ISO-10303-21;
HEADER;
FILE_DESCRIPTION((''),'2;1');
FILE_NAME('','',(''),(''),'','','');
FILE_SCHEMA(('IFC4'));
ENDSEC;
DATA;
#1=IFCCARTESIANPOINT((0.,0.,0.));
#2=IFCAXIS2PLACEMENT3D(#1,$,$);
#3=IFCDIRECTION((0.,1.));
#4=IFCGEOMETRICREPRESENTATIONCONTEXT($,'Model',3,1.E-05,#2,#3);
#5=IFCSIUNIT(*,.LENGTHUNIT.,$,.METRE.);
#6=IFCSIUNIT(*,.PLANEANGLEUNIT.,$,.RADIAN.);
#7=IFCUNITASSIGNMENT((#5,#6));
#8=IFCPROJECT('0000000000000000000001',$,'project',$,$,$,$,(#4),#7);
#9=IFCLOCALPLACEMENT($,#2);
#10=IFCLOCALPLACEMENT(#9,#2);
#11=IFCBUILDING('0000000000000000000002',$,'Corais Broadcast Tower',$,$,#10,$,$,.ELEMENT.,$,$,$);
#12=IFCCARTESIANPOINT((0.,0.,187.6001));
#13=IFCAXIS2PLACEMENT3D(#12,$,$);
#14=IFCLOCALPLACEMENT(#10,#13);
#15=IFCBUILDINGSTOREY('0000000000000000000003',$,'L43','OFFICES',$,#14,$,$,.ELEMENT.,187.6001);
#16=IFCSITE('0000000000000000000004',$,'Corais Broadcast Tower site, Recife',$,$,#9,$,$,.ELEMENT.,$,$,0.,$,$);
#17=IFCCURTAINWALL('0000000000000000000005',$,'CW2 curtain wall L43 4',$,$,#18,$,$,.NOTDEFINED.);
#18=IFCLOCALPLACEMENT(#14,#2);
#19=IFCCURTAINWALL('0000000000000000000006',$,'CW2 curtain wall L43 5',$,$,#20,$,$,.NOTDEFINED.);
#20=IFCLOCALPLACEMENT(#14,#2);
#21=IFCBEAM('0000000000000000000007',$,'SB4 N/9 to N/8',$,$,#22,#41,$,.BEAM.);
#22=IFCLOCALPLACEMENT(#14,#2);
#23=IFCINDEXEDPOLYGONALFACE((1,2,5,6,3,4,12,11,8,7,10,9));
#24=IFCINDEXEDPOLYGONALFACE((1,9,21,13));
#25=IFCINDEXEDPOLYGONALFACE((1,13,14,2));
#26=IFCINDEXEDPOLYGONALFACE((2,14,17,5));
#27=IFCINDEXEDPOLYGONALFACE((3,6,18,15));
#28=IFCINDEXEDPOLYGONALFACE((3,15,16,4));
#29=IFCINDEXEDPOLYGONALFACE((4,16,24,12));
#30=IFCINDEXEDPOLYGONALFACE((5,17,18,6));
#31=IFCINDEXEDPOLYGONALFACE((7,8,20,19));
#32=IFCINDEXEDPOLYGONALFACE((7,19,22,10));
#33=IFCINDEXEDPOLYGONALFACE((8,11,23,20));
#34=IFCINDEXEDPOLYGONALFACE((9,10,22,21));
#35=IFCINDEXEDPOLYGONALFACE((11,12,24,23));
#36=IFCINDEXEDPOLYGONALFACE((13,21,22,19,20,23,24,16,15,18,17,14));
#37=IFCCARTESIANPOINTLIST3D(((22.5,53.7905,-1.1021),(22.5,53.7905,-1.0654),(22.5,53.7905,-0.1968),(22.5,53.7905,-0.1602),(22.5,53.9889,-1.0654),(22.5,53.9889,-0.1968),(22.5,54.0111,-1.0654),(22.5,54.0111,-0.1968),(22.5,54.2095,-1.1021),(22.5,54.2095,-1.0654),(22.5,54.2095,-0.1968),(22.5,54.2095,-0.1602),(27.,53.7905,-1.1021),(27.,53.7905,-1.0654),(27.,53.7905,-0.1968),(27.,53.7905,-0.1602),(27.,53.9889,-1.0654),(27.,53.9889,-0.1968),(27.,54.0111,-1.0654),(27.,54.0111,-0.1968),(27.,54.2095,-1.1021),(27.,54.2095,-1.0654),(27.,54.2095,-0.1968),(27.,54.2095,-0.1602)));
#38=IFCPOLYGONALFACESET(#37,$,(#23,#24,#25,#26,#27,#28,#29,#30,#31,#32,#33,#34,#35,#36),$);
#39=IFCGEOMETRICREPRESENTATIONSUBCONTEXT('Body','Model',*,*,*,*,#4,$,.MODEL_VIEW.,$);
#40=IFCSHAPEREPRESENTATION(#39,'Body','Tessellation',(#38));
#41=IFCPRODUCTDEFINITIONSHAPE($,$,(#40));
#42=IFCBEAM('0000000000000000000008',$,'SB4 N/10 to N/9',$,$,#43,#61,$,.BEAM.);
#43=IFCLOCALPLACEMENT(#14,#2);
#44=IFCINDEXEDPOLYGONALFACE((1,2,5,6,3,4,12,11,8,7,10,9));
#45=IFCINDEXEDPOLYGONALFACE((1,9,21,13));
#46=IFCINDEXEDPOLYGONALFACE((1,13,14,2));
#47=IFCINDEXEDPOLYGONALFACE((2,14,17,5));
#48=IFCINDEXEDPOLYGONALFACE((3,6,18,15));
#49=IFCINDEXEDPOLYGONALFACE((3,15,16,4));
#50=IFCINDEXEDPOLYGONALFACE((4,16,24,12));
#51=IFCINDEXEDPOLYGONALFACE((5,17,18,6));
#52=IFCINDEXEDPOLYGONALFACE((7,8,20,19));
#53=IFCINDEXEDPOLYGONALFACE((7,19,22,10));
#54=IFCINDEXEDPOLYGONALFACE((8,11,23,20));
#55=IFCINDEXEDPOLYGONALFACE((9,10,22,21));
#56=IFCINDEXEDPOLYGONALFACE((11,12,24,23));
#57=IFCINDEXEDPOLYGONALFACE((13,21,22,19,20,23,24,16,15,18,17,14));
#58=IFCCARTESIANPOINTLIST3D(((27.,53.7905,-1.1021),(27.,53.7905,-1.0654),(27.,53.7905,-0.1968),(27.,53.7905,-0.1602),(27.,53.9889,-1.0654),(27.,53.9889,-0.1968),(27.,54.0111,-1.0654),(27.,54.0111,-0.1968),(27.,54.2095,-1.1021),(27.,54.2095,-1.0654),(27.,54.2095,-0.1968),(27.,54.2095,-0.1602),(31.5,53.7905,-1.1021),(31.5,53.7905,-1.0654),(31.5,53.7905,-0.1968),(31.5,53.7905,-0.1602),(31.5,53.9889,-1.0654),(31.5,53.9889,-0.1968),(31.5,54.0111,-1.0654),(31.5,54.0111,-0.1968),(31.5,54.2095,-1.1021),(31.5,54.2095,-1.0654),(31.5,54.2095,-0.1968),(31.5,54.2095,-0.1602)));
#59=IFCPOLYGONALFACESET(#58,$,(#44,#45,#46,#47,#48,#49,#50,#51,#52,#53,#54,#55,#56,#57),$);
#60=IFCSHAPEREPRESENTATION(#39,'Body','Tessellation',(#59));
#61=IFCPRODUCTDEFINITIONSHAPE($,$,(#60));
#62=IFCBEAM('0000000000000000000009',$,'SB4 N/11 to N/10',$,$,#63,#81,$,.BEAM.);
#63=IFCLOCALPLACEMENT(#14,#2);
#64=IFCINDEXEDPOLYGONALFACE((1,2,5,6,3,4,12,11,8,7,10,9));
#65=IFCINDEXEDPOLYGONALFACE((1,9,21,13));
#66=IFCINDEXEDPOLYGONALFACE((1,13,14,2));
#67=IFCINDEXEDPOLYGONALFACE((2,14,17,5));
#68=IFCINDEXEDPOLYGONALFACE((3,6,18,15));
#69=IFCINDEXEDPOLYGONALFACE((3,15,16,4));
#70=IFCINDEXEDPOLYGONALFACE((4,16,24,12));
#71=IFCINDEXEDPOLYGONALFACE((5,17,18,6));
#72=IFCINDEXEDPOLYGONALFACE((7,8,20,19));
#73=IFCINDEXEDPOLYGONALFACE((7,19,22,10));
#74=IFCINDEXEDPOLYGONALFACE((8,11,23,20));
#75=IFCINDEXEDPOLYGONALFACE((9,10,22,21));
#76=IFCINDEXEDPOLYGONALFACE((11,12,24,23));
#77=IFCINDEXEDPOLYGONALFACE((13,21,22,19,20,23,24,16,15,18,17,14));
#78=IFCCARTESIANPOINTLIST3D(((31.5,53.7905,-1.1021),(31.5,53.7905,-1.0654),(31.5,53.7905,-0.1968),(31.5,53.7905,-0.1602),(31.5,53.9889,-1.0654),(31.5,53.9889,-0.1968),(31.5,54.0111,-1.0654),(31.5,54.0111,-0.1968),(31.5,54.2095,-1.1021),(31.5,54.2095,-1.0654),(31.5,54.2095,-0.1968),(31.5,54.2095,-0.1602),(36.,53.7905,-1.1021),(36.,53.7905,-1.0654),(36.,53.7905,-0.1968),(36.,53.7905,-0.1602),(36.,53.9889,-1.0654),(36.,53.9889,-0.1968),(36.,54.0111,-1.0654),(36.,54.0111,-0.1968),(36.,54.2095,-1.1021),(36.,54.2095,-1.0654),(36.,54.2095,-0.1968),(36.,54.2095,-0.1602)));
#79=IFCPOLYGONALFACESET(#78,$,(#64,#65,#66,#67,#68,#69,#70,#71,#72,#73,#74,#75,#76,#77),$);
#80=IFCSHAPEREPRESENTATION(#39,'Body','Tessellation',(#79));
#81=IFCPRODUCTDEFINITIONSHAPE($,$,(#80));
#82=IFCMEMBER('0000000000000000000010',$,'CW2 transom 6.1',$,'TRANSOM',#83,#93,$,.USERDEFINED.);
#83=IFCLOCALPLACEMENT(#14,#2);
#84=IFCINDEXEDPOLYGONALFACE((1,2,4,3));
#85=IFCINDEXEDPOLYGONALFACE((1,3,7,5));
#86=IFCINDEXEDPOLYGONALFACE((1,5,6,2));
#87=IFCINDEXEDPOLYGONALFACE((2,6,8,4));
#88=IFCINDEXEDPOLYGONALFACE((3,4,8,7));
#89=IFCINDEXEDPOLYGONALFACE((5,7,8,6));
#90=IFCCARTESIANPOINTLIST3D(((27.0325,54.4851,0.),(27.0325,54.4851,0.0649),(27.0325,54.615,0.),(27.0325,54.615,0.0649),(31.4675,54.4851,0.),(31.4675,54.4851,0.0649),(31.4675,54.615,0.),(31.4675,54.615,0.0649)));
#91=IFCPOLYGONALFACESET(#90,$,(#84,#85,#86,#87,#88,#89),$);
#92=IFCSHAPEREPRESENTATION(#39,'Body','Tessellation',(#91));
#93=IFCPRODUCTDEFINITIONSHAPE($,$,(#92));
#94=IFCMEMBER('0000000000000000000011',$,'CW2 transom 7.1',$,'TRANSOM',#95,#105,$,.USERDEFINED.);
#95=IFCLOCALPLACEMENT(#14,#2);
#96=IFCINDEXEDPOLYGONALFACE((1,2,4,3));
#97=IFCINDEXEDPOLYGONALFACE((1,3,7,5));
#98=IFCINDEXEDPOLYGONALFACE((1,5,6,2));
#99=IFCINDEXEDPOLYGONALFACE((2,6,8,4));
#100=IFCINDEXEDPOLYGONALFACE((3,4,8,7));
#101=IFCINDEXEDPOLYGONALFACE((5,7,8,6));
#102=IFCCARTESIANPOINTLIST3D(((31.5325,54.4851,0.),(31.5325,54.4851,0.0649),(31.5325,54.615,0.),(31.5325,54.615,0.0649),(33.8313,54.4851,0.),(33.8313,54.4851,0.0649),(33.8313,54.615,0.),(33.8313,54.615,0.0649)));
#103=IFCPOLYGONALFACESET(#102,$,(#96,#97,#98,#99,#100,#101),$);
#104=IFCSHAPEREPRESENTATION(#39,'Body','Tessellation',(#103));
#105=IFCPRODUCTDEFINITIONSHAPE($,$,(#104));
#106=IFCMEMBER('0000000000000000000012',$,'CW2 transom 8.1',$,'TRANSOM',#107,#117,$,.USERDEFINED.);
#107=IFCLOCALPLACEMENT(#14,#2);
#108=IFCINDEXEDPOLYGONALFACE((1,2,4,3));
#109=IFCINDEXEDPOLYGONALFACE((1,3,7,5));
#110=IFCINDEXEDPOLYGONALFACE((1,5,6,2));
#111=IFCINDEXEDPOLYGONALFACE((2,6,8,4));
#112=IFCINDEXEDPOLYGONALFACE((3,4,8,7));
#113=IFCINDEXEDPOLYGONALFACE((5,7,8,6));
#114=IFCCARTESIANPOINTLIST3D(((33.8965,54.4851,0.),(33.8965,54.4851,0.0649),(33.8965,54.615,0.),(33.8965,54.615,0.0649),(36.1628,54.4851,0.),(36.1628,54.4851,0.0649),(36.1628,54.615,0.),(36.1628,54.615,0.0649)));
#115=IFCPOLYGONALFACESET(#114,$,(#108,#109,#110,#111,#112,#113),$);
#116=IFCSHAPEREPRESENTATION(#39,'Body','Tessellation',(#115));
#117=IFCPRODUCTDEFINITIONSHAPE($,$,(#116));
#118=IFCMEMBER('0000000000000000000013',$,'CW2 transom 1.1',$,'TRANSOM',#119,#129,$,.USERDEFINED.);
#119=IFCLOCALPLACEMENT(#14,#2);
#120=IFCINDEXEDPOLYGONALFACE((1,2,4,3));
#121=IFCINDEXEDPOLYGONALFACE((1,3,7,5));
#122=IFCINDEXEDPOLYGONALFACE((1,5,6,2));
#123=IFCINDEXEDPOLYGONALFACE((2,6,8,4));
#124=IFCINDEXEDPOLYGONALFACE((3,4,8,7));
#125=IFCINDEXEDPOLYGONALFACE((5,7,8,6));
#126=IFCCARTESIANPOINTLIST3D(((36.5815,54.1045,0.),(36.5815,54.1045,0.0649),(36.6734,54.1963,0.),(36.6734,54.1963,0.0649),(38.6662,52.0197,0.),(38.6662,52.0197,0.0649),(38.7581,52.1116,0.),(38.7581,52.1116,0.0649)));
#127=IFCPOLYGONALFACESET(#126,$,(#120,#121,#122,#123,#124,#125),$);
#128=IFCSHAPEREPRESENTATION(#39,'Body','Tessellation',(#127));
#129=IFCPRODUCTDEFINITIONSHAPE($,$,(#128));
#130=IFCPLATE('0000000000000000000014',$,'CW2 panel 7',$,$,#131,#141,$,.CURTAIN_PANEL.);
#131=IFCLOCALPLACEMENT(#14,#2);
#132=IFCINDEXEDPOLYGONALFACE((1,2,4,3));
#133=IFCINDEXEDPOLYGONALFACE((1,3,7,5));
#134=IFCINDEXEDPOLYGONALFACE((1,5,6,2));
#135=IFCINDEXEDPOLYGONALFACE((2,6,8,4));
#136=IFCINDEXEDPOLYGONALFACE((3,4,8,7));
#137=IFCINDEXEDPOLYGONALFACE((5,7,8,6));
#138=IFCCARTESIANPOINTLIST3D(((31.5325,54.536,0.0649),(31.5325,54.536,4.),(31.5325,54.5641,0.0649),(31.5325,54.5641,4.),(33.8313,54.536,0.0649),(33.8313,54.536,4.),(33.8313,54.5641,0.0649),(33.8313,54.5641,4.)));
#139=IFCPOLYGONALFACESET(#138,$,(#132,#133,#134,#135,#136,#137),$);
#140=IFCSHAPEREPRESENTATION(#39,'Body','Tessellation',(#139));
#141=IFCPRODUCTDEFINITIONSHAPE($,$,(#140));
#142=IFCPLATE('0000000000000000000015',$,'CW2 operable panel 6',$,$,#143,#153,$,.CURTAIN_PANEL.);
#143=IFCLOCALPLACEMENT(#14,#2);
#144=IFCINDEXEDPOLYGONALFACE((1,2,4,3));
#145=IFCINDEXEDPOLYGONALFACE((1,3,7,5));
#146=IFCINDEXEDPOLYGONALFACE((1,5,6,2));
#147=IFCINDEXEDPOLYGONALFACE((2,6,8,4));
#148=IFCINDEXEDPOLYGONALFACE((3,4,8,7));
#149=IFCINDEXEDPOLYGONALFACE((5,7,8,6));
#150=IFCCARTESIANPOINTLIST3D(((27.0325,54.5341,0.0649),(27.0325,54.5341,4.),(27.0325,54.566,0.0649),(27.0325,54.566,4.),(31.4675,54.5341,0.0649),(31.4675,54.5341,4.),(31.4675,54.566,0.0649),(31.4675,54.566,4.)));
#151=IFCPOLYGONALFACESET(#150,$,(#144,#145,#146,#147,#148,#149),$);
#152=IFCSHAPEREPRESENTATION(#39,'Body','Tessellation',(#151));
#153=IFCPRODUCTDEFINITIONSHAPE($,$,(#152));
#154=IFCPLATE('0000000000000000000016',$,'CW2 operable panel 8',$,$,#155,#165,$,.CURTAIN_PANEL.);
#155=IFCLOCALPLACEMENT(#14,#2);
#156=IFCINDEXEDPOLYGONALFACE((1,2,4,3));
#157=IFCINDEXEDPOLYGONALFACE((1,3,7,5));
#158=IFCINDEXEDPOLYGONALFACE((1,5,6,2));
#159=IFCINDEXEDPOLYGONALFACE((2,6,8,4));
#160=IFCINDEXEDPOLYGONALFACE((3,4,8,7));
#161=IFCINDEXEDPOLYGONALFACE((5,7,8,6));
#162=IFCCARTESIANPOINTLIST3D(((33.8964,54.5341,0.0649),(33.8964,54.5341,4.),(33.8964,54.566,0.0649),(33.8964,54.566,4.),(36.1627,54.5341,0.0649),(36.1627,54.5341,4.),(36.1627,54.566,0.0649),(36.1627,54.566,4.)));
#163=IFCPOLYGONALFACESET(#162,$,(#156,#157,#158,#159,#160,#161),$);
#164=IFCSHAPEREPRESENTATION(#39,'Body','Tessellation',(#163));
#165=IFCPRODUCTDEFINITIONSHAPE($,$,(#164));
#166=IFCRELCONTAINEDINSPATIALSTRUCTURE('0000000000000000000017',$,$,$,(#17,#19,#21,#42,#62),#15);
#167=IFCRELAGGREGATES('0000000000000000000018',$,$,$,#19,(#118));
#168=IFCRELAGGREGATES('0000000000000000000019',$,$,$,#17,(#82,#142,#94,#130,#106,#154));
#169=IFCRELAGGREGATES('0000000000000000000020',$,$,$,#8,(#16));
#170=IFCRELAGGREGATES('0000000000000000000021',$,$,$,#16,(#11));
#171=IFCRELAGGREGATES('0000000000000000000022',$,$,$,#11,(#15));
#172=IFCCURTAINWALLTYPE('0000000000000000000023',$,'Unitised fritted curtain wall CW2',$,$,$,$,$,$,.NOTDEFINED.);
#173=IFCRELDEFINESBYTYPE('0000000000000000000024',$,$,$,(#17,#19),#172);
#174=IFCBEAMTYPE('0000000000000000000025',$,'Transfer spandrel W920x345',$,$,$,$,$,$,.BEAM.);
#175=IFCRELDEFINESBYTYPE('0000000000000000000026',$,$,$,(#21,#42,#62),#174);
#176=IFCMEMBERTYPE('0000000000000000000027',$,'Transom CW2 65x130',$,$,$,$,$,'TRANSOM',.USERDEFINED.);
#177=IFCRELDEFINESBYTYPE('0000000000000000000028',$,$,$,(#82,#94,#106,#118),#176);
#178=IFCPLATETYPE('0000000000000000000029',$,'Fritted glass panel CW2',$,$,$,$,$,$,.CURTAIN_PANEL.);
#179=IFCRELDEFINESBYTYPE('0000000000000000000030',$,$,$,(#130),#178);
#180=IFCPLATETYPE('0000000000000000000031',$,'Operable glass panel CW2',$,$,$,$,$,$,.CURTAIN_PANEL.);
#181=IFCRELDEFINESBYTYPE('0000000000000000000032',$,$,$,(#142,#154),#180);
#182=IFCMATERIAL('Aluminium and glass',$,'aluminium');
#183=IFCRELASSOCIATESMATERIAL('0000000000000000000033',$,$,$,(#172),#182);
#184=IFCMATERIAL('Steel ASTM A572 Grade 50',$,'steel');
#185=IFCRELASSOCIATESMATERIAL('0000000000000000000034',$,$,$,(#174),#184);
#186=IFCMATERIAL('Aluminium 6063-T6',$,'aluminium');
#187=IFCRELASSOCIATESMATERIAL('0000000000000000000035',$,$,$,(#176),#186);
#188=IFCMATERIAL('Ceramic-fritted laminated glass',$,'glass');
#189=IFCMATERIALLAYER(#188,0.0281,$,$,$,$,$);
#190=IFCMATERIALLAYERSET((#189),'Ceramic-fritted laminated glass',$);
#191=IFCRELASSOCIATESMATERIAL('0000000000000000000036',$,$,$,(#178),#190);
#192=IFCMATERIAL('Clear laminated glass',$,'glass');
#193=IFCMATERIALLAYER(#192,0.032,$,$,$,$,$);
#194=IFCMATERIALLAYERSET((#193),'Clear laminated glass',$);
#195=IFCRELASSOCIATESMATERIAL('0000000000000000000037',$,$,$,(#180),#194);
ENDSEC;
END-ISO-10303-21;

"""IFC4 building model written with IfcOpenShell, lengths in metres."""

from ifc_helpers import new_model, si_unit, direction, frame, origin, origin_2d, place, context, subcontext, project, spatial, rectangle, i_section, extrude, material, layer, layer_set, material_profile, profile_set, type_object, element, aggregate, save


model = new_model("IFC4")

# Units and contexts
model_context = context("Model", 3, precision=1e-05, world=origin(), true_north=direction((0.0, 1.0)))
body_context = subcontext(model_context, "Body", "Model", "MODEL_VIEW")
ifc_project = project(units=[si_unit("LENGTHUNIT", "METRE"), si_unit("PLANEANGLEUNIT", "RADIAN")], contexts=[model_context])

# Site, building, storey
site_placement = place(None, origin())
site = spatial("IfcSite", under=ifc_project, at=site_placement, Name="Corais Broadcast Tower site, Recife", CompositionType="ELEMENT", RefElevation=0.0)
building_placement = place(site_placement, origin())
building = spatial("IfcBuilding", under=site, at=building_placement, Name="Corais Broadcast Tower", CompositionType="ELEMENT")
storey_placement = place(building_placement, frame((0.0, 0.0, 187.6001)))
storey = spatial("IfcBuildingStorey", under=building, at=storey_placement, Name="L43", Description="OFFICES", CompositionType="ELEMENT", Elevation=187.6001)

# Curtain wall
ifc_material_1 = material(Name="Aluminium and glass", Category="aluminium")
curtain_wall_type = type_object("IfcCurtainWallType", Name="Unitised fritted curtain wall CW2", PredefinedType="NOTDEFINED", material=ifc_material_1)
curtain_wall_1_placement = place(storey_placement, origin())
curtain_wall_1 = element("IfcCurtainWall", 1, at=curtain_wall_1_placement, inside=storey, type_object=curtain_wall_type, Name="CW2 curtain wall L43 4", PredefinedType="NOTDEFINED")

# Curtain wall
curtain_wall_2_placement = place(storey_placement, origin())
curtain_wall_2 = element("IfcCurtainWall", 2, at=curtain_wall_2_placement, inside=storey, type_object=curtain_wall_type, Name="CW2 curtain wall L43 5", PredefinedType="NOTDEFINED")

# Beams
ifc_material_2 = material(Name="Steel ASTM A572 Grade 50", Category="steel")
ifc_material_profile_1 = material_profile(ifc_material_2, i_section(OverallWidth=0.4189, OverallDepth=0.9419, WebThickness=0.0222, FlangeThickness=0.0366, at=origin_2d()), Name="W920x345")
ifc_profile_set_1 = profile_set([ifc_material_profile_1], Name="Steel ASTM A572 Grade 50")
beam_type_1 = type_object("IfcBeamType", Name="Transfer spandrel W920x345", PredefinedType="BEAM", material=ifc_profile_set_1)
for number, where, z_axis, x_axis, name in (
    (3, (27.0, 54.0, -0.6311), (-1.0, 0.0, 0.0), (0.0, -1.0, 0.0), "SB4 N/9 to N/8"),
    (4, (31.5, 54.0, -0.6311), (-1.0, 0.0, 0.0), (0.0, -1.0, 0.0), "SB4 N/10 to N/9"),
    (5, (36.0, 54.0, -0.6311), (-1.0, 0.0, 0.0), (0.0, -1.0, 0.0), "SB4 N/11 to N/10"),
):
    element("IfcBeam", number, at=place(storey_placement, frame(where, z_axis=z_axis, x_axis=x_axis)), inside=storey, type_object=beam_type_1, Name=name, PredefinedType="BEAM", context=body_context, shape_type="SweptSolid", body=[
        extrude(i_section(OverallWidth=0.4189, OverallDepth=0.9419, WebThickness=0.0222, FlangeThickness=0.0366, at=origin_2d()), origin(), (0.0, 0.0, 1.0), 4.5),
    ])

# Members
ifc_material_3 = material(Name="Aluminium 6063-T6", Category="aluminium")
ifc_material_profile_2 = material_profile(ifc_material_3, rectangle(XDim=0.1299, YDim=0.0649, at=origin_2d()), Name="Transom CW2 65x130")
ifc_profile_set_2 = profile_set([ifc_material_profile_2], Name="Aluminium 6063-T6")
member_type_1 = type_object("IfcMemberType", Name="Transom CW2 65x130", ElementType="TRANSOM", PredefinedType="USERDEFINED", material=ifc_profile_set_2)
member_1_placement = place(storey_placement, frame((27.0325, 54.55, 0.0325), z_axis=(1.0, 0.0, 0.0), x_axis=(0.0, 1.0, 0.0)))
member_1 = element("IfcMember", 6, at=member_1_placement, type_object=member_type_1, Name="CW2 transom 6.1", ObjectType="TRANSOM", PredefinedType="USERDEFINED", context=body_context, shape_type="SweptSolid", body=[
    extrude(rectangle(XDim=0.1299, YDim=0.0649, at=origin_2d()), origin(), (0.0, 0.0, 1.0), 4.4351),
])
member_2_placement = place(storey_placement, frame((31.5325, 54.55, 0.0325), z_axis=(1.0, 0.0, 0.0), x_axis=(0.0, 1.0, 0.0)))
member_2 = element("IfcMember", 7, at=member_2_placement, type_object=member_type_1, Name="CW2 transom 7.1", ObjectType="TRANSOM", PredefinedType="USERDEFINED", context=body_context, shape_type="SweptSolid", body=[
    extrude(rectangle(XDim=0.1299, YDim=0.0649, at=origin_2d()), origin(), (0.0, 0.0, 1.0), 2.2988),
])
member_3_placement = place(storey_placement, frame((33.8965, 54.55, 0.0325), z_axis=(1.0, 0.0, 0.0), x_axis=(0.0, 1.0, 0.0)))
member_3 = element("IfcMember", 8, at=member_3_placement, type_object=member_type_1, Name="CW2 transom 8.1", ObjectType="TRANSOM", PredefinedType="USERDEFINED", context=body_context, shape_type="SweptSolid", body=[
    extrude(rectangle(XDim=0.1299, YDim=0.0649, at=origin_2d()), origin(), (0.0, 0.0, 1.0), 2.2664),
])
member_4_placement = place(storey_placement, frame((36.6274, 54.1504, 0.0325), z_axis=(0.707107, -0.707107, 0.0), x_axis=(0.707107, 0.707107, 0.0)))
member_4 = element("IfcMember", 9, at=member_4_placement, type_object=member_type_1, Name="CW2 transom 1.1", ObjectType="TRANSOM", PredefinedType="USERDEFINED", context=body_context, shape_type="SweptSolid", body=[
    extrude(rectangle(XDim=0.1299, YDim=0.0649, at=origin_2d()), origin(), (0.0, 0.0, 1.0), 2.9482),
])
aggregate(curtain_wall_2, [member_4])

# Plates
ifc_material_4 = material(Name="Ceramic-fritted laminated glass", Category="glass")
ifc_layer_1 = layer(ifc_material_4, 0.0281)
ifc_layer_set_1 = layer_set([ifc_layer_1], Name="Ceramic-fritted laminated glass")
plate_type_1 = type_object("IfcPlateType", Name="Fritted glass panel CW2", PredefinedType="CURTAIN_PANEL", material=ifc_layer_set_1)
plate_1_placement = place(storey_placement, frame((32.6819, 54.55, 0.0649), z_axis=(0.0, 0.0, 1.0), x_axis=(1.0, 0.0, 0.0)))
plate_1 = element("IfcPlate", 10, at=plate_1_placement, type_object=plate_type_1, Name="CW2 panel 7", PredefinedType="CURTAIN_PANEL", context=body_context, shape_type="SweptSolid", body=[
    extrude(rectangle(XDim=2.2988, YDim=0.0281, at=origin_2d()), origin(), (0.0, 0.0, 1.0), 3.9351),
])
ifc_material_5 = material(Name="Clear laminated glass", Category="glass")
ifc_layer_2 = layer(ifc_material_5, 0.032)
ifc_layer_set_2 = layer_set([ifc_layer_2], Name="Clear laminated glass")
plate_type_2 = type_object("IfcPlateType", Name="Operable glass panel CW2", PredefinedType="CURTAIN_PANEL", material=ifc_layer_set_2)
plate_2_placement = place(storey_placement, frame((29.25, 54.55, 0.0649), z_axis=(0.0, 0.0, 1.0), x_axis=(1.0, 0.0, 0.0)))
plate_2 = element("IfcPlate", 11, at=plate_2_placement, type_object=plate_type_2, Name="CW2 operable panel 6", PredefinedType="CURTAIN_PANEL", context=body_context, shape_type="SweptSolid", body=[
    extrude(rectangle(XDim=4.4351, YDim=0.032, at=origin_2d()), origin(), (0.0, 0.0, 1.0), 3.9351),
])
plate_3_placement = place(storey_placement, frame((35.0295, 54.55, 0.0649), z_axis=(0.0, 0.0, 1.0), x_axis=(1.0, 0.0, 0.0)))
plate_3 = element("IfcPlate", 12, at=plate_3_placement, type_object=plate_type_2, Name="CW2 operable panel 8", PredefinedType="CURTAIN_PANEL", context=body_context, shape_type="SweptSolid", body=[
    extrude(rectangle(XDim=2.2664, YDim=0.032, at=origin_2d()), origin(), (0.0, 0.0, 1.0), 3.9351),
])
aggregate(curtain_wall_1, [member_1, plate_2, member_2, plate_1, member_3, plate_3])

save(model, "model.ifc")
